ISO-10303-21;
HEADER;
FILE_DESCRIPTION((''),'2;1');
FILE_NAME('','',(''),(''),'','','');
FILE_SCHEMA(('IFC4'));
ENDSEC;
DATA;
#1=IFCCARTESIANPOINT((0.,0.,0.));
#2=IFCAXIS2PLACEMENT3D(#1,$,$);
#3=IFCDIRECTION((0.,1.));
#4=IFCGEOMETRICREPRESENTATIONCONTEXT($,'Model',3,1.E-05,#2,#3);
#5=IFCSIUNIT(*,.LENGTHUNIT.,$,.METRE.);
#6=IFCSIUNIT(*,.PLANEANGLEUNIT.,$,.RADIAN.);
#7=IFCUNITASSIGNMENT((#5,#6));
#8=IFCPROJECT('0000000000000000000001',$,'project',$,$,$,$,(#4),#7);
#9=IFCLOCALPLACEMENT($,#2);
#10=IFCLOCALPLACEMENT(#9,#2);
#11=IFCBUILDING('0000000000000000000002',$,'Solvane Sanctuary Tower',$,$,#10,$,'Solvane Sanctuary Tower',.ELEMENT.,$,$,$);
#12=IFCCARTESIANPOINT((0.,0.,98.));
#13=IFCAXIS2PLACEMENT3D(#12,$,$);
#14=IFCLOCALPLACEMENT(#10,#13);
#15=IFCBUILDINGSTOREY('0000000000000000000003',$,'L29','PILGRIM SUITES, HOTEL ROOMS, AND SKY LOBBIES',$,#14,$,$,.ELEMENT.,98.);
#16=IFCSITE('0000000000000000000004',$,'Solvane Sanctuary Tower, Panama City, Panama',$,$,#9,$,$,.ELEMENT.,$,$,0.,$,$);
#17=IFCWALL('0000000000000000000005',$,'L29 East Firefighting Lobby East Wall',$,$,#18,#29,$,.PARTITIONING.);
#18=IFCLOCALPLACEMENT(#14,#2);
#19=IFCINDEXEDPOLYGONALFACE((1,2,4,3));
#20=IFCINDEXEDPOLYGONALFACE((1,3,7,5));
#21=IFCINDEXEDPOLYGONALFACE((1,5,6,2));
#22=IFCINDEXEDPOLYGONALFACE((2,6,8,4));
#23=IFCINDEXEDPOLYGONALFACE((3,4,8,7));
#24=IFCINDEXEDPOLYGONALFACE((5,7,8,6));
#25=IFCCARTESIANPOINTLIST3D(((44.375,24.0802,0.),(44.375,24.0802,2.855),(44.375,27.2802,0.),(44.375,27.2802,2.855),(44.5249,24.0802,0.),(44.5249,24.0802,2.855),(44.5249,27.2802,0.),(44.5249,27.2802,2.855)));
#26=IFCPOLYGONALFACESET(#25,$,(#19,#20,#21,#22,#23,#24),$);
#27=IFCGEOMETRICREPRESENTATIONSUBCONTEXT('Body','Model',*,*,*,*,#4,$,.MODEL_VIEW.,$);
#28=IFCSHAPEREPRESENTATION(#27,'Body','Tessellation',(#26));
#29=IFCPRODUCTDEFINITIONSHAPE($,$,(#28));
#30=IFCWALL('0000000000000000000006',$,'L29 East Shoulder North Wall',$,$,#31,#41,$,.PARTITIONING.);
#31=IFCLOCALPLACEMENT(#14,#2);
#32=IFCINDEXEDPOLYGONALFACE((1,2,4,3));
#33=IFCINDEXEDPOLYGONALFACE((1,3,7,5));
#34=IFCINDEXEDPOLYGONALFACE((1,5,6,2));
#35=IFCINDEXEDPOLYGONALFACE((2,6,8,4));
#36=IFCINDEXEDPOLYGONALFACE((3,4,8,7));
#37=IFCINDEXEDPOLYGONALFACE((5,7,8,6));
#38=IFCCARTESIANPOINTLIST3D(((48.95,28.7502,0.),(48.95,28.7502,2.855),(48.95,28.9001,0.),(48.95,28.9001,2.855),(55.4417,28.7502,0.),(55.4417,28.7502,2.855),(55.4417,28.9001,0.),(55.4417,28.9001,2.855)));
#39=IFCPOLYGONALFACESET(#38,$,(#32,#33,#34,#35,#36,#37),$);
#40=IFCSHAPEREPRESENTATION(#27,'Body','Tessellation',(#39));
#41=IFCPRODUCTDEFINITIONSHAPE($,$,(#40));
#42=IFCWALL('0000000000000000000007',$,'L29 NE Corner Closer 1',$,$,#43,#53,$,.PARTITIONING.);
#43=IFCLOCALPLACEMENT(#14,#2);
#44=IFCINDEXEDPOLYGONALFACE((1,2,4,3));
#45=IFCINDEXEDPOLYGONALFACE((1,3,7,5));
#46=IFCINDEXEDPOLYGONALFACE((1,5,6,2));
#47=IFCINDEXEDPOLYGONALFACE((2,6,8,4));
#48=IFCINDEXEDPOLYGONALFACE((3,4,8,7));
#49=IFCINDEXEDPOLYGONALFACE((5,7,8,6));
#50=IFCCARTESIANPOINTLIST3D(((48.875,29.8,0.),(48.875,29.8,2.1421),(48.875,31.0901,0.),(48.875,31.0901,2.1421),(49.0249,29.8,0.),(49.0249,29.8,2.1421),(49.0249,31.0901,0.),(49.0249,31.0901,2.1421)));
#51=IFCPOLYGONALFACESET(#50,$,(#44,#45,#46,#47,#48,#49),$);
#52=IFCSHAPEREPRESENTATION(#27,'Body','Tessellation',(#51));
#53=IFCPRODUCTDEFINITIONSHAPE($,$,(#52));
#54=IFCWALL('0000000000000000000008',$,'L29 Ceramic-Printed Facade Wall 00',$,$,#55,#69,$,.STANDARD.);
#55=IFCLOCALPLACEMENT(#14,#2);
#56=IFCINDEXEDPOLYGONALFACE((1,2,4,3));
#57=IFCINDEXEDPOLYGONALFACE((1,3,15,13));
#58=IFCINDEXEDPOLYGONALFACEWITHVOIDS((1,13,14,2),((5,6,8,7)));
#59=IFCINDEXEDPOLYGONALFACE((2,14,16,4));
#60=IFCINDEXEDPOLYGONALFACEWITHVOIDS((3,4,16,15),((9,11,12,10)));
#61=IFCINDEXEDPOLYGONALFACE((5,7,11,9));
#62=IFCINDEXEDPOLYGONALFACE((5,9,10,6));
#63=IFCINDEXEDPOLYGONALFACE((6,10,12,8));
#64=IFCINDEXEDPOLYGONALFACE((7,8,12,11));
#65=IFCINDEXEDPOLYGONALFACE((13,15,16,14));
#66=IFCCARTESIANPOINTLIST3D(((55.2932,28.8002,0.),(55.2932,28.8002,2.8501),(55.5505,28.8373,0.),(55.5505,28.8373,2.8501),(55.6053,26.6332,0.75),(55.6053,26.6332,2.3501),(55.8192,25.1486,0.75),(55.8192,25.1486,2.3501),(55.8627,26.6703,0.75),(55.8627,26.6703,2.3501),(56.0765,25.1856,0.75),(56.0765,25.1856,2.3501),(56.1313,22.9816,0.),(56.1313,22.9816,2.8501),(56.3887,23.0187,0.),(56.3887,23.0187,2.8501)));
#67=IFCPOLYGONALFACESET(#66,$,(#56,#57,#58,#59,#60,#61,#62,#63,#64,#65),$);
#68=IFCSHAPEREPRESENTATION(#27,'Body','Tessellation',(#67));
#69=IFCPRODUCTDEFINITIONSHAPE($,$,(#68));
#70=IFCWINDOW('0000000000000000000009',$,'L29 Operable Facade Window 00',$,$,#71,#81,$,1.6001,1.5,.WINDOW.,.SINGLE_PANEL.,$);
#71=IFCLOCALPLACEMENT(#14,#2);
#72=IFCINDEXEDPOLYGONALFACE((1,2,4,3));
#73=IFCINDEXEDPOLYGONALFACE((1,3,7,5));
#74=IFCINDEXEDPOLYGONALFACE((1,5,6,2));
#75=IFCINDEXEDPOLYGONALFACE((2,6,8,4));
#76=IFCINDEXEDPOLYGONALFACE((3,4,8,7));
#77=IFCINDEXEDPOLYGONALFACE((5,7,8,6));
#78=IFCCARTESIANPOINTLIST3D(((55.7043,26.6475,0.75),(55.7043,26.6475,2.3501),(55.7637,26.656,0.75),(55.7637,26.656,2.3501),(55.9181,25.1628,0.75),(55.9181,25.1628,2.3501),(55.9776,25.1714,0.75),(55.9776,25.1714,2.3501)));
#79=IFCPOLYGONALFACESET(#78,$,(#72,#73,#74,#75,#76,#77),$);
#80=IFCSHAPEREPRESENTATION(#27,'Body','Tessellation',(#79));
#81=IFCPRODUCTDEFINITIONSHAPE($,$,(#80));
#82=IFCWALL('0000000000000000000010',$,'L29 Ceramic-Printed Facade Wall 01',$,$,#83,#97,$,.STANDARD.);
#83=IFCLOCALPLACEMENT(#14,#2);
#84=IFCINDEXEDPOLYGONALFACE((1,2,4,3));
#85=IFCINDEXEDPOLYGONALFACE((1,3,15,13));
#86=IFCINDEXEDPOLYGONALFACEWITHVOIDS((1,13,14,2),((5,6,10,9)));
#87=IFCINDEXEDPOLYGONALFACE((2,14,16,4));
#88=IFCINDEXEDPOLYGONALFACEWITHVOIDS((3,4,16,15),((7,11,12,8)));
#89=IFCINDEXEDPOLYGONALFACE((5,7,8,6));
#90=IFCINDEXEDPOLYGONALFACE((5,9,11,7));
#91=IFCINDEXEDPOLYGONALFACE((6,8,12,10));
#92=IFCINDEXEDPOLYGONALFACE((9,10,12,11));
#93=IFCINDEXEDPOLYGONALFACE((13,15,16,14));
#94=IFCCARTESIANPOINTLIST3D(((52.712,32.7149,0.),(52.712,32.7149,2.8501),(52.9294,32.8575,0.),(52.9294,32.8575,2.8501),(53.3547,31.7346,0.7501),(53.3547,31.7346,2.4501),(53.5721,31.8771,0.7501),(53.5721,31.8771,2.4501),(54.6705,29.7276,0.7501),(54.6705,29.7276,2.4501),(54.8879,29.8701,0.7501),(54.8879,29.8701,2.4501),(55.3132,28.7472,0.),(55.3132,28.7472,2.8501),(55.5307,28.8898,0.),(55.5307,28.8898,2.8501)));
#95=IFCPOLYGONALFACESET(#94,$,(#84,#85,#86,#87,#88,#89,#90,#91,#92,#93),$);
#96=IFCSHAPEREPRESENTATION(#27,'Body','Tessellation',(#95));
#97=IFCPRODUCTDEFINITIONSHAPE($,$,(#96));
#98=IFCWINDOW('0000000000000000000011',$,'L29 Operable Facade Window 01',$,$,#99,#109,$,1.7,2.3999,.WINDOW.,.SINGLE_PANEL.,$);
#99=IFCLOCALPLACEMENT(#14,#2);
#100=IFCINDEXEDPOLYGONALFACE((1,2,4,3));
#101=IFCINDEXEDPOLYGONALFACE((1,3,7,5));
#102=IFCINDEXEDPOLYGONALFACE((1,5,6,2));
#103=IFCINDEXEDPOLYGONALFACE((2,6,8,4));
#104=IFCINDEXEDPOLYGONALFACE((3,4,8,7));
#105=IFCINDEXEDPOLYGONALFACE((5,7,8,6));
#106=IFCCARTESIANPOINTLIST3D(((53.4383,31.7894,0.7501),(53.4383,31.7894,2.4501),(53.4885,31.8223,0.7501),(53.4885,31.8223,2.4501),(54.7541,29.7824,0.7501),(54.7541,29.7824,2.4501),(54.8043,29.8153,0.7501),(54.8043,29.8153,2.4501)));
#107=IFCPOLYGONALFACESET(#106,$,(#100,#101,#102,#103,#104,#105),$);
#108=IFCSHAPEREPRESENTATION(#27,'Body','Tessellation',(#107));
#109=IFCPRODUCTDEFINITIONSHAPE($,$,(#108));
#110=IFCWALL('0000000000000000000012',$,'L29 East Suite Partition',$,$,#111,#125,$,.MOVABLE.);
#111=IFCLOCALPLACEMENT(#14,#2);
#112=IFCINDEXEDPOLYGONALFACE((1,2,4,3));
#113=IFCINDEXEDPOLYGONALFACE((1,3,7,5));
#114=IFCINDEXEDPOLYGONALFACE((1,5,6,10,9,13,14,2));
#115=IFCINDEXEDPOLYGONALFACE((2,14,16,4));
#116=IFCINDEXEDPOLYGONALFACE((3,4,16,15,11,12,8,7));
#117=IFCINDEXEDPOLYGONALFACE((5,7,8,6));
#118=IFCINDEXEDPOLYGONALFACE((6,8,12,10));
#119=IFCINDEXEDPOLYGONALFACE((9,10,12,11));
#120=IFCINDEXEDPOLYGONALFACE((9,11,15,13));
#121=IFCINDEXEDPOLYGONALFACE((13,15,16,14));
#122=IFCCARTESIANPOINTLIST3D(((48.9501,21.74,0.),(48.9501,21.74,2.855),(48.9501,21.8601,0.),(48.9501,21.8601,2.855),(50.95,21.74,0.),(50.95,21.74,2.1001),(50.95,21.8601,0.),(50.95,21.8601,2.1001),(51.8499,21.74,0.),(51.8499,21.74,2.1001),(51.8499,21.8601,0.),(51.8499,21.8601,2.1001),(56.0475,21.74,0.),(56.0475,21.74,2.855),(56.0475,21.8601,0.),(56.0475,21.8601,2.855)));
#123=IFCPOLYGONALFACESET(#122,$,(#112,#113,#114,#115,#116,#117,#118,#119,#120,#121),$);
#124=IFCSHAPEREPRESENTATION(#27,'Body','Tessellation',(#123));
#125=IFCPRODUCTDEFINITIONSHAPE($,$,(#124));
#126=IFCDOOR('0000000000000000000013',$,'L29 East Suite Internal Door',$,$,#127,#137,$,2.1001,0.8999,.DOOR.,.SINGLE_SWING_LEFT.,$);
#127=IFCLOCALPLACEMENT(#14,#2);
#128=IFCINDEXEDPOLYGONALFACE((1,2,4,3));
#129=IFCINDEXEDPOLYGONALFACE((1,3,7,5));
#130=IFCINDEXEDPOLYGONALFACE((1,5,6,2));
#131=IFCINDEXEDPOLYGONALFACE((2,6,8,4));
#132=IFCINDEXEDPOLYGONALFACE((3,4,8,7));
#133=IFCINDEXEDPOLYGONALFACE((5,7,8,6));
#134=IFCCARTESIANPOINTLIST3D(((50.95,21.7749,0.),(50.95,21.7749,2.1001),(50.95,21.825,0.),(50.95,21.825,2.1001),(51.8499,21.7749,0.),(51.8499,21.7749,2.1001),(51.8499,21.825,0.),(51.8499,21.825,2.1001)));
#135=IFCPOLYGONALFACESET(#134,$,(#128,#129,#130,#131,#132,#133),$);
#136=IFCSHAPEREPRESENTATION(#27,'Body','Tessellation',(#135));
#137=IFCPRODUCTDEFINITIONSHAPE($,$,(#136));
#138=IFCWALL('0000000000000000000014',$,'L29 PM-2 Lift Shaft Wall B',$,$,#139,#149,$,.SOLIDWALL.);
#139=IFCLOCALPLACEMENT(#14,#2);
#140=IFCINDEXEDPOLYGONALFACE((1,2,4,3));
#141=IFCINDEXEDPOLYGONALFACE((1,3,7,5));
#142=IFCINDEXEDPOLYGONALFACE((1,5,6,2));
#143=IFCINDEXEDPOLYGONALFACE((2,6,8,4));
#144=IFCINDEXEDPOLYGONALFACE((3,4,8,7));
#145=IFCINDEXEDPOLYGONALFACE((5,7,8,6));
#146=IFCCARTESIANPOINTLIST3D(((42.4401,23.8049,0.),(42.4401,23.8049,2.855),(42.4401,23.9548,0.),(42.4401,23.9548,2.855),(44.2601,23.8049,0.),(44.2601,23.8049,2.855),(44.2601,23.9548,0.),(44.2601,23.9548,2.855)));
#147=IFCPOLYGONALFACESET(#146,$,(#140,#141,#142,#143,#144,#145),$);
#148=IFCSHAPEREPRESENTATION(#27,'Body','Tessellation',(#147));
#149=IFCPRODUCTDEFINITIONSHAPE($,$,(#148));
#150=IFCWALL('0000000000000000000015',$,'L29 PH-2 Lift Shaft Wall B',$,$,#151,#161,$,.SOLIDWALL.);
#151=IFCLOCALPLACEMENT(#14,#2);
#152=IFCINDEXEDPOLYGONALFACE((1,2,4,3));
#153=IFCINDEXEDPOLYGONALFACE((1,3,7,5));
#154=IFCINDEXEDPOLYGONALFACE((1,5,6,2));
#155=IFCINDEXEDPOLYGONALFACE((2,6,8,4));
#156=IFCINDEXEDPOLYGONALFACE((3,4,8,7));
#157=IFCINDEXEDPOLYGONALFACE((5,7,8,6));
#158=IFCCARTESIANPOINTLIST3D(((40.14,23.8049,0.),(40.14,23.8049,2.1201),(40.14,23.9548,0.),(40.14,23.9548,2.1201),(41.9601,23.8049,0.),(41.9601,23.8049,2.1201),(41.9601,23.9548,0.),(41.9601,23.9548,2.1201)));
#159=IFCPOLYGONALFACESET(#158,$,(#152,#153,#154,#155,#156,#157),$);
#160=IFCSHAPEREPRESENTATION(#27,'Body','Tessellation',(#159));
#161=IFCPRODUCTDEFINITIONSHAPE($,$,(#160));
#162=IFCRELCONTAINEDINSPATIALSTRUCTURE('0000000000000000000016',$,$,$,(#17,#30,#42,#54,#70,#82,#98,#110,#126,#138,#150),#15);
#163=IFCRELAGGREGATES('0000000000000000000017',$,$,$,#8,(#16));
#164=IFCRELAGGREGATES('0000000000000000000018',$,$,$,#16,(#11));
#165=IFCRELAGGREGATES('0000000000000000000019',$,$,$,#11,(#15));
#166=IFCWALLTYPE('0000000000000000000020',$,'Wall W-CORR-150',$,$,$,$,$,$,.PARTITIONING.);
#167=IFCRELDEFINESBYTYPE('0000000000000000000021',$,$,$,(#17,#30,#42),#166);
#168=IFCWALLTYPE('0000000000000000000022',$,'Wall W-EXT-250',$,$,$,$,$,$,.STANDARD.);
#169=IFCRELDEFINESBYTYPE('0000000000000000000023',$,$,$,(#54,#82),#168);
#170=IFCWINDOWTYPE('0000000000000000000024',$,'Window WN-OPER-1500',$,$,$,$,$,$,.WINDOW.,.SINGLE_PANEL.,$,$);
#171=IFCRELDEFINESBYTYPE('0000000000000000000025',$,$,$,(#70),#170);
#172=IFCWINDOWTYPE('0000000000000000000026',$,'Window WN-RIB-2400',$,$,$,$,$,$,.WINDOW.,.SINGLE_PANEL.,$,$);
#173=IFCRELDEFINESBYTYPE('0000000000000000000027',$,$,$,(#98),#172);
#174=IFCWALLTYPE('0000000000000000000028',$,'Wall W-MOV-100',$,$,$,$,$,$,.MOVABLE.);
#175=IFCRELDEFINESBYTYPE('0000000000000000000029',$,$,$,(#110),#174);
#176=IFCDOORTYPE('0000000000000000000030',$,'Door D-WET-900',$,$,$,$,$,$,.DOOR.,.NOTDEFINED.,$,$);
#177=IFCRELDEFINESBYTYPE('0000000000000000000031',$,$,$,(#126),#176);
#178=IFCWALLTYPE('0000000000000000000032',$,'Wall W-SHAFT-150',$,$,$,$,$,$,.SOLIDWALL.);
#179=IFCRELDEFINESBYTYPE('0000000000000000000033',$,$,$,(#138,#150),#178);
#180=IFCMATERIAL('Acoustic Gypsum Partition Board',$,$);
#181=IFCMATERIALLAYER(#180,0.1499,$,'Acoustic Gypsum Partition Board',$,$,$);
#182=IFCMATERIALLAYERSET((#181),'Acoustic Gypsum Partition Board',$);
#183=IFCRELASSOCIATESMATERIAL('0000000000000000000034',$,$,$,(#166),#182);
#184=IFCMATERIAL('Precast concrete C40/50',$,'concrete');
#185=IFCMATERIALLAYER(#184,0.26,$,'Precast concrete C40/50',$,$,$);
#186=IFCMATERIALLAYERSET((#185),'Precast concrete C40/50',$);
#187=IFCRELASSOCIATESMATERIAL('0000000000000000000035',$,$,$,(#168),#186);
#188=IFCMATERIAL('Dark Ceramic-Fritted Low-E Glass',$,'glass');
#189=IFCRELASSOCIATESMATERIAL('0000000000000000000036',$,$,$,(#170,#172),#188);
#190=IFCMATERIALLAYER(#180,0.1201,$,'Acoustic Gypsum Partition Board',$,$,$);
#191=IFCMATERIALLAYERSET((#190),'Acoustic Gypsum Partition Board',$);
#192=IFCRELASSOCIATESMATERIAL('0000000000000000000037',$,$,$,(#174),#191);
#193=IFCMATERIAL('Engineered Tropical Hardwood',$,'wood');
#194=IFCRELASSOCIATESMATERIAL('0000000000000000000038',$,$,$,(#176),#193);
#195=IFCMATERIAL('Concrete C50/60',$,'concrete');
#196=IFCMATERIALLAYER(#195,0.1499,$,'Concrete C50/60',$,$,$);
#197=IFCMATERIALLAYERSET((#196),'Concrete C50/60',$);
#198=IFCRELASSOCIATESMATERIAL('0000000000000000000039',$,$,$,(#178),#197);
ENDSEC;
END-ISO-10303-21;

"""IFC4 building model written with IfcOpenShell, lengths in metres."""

from ifc_helpers import new_model, si_unit, direction, frame, frame_2d, origin, place, context, subcontext, project, spatial, rectangle, extrude, material, layer, layer_set, type_object, element, fill, save


model = new_model("IFC4")

# Units and contexts
model_context = context("Model", 3, precision=1e-05, world=origin(), true_north=direction((0.0, 1.0)))
body_context = subcontext(model_context, "Body", "Model", "MODEL_VIEW")
ifc_project = project(units=[si_unit("LENGTHUNIT", "METRE"), si_unit("PLANEANGLEUNIT", "RADIAN")], contexts=[model_context])

# Site, building, storey
site_placement = place(None, origin())
site = spatial("IfcSite", under=ifc_project, at=site_placement, Name="Solvane Sanctuary Tower, Panama City, Panama", CompositionType="ELEMENT", RefElevation=0.0)
building_placement = place(site_placement, origin())
building = spatial("IfcBuilding", under=site, at=building_placement, Name="Solvane Sanctuary Tower", LongName="Solvane Sanctuary Tower", CompositionType="ELEMENT")
storey_placement = place(building_placement, frame((0.0, 0.0, 98.0)))
storey = spatial("IfcBuildingStorey", under=building, at=storey_placement, Name="L29", Description="PILGRIM SUITES, HOTEL ROOMS, AND SKY LOBBIES", CompositionType="ELEMENT", Elevation=98.0)

# Walls
ifc_material_1 = material(Name="Acoustic Gypsum Partition Board")
ifc_layer_1 = layer(ifc_material_1, 0.1499, Name="Acoustic Gypsum Partition Board")
ifc_layer_set_1 = layer_set([ifc_layer_1], Name="Acoustic Gypsum Partition Board")
wall_type_1 = type_object("IfcWallType", Name="Wall W-CORR-150", PredefinedType="PARTITIONING", material=ifc_layer_set_1)
wall_1_placement = place(storey_placement, frame((44.45, 24.0801, 0.0), z_axis=(0.0, 0.0, 1.0), x_axis=(0.0, 1.0, 0.0)))
element("IfcWall", 1, at=wall_1_placement, inside=storey, type_object=wall_type_1, Name="L29 East Firefighting Lobby East Wall", PredefinedType="PARTITIONING", context=body_context, shape_type="SweptSolid", body=[
    extrude(rectangle(XDim=3.2, YDim=0.1499, at=frame_2d((1.6001, 0.0))), origin(), (0.0, 0.0, 1.0), 2.855),
])
wall_2_placement = place(storey_placement, frame((48.95, 28.8252, 0.0), z_axis=(0.0, 0.0, 1.0), x_axis=(1.0, 0.0, 0.0)))
element("IfcWall", 2, at=wall_2_placement, inside=storey, type_object=wall_type_1, Name="L29 East Shoulder North Wall", PredefinedType="PARTITIONING", context=body_context, shape_type="SweptSolid", body=[
    extrude(rectangle(XDim=6.4917, YDim=0.1499, at=frame_2d((3.2458, 0.0))), origin(), (0.0, 0.0, 1.0), 2.855),
])
wall_3_placement = place(storey_placement, frame((48.95, 29.8, 0.0), z_axis=(0.0, 0.0, 1.0), x_axis=(0.0, 1.0, 0.0)))
element("IfcWall", 3, at=wall_3_placement, inside=storey, type_object=wall_type_1, Name="L29 NE Corner Closer 1", PredefinedType="PARTITIONING", context=body_context, shape_type="SweptSolid", body=[
    extrude(rectangle(XDim=1.29, YDim=0.1499, at=frame_2d((0.645, 0.0))), origin(), (0.0, 0.0, 1.0), 2.1421),
])

# Walls, openings, windows
ifc_material_2 = material(Name="Precast concrete C40/50", Category="concrete")
ifc_layer_2 = layer(ifc_material_2, 0.26, Name="Precast concrete C40/50")
ifc_layer_set_2 = layer_set([ifc_layer_2], Name="Precast concrete C40/50")
wall_type_2 = type_object("IfcWallType", Name="Wall W-EXT-250", PredefinedType="STANDARD", material=ifc_layer_set_2)
wall_4_placement = place(storey_placement, frame((56.26, 23.0, 0.0), z_axis=(0.0, 0.0, 1.0), x_axis=(-0.142572, 0.989784, 0.0)))
wall_4 = element("IfcWall", 4, at=wall_4_placement, inside=storey, type_object=wall_type_2, Name="L29 Ceramic-Printed Facade Wall 00", PredefinedType="STANDARD", context=body_context, shape_type="SweptSolid", body=[
    extrude(rectangle(XDim=5.8787, YDim=0.26, at=frame_2d((2.9395, 0.0))), origin(), (0.0, 0.0, 1.0), 2.8501),
])
opening_1_placement = place(wall_4_placement, frame((2.1895, 0.0, 0.75)))
opening_1 = element("IfcOpeningElement", 5, at=opening_1_placement, cuts=wall_4, PredefinedType="OPENING", context=body_context, shape_type="SweptSolid", body=[
    extrude(rectangle(XDim=1.5, YDim=1.6001, at=frame_2d((0.75, 0.8))), frame((0.0, 0.1399, 0.0), z_axis=(0.0, -1.0, 0.0), x_axis=(1.0, 0.0, 0.0)), (0.0, 0.0, 1.0), 0.28),
])
ifc_material_3 = material(Name="Dark Ceramic-Fritted Low-E Glass", Category="glass")
window_type_1 = type_object("IfcWindowType", Name="Window WN-OPER-1500", PartitioningType="SINGLE_PANEL", PredefinedType="WINDOW", material=ifc_material_3)
window_1_placement = place(opening_1_placement, origin())
window_1 = element("IfcWindow", 6, at=window_1_placement, inside=storey, type_object=window_type_1, Name="L29 Operable Facade Window 00", OverallHeight=1.6001, OverallWidth=1.5, PartitioningType="SINGLE_PANEL", PredefinedType="WINDOW", context=body_context, shape_type="SweptSolid", body=[
    extrude(rectangle(XDim=1.5, YDim=1.6001, at=frame_2d((0.75, 0.8))), frame((0.0, 0.03, 0.0), z_axis=(0.0, -1.0, 0.0), x_axis=(1.0, 0.0, 0.0)), (0.0, 0.0, 1.0), 0.0601),
])
fill(opening_1, window_1)
wall_5_placement = place(storey_placement, frame((55.4219, 28.8186, 0.0), z_axis=(0.0, 0.0, 1.0), x_axis=(-0.548283, 0.836293, 0.0)))
wall_5 = element("IfcWall", 7, at=wall_5_placement, inside=storey, type_object=wall_type_2, Name="L29 Ceramic-Printed Facade Wall 01", PredefinedType="STANDARD", context=body_context, shape_type="SweptSolid", body=[
    extrude(rectangle(XDim=4.7444, YDim=0.26, at=frame_2d((2.3721, 0.0))), origin(), (0.0, 0.0, 1.0), 2.8501),
])
opening_2_placement = place(wall_5_placement, frame((1.1721, 0.0, 0.75)))
opening_2 = element("IfcOpeningElement", 8, at=opening_2_placement, cuts=wall_5, PredefinedType="OPENING", context=body_context, shape_type="SweptSolid", body=[
    extrude(rectangle(XDim=2.3999, YDim=1.7, at=frame_2d((1.2, 0.8501))), frame((0.0, 0.1399, 0.0), z_axis=(0.0, -1.0, 0.0), x_axis=(1.0, 0.0, 0.0)), (0.0, 0.0, 1.0), 0.28),
])
window_type_2 = type_object("IfcWindowType", Name="Window WN-RIB-2400", PartitioningType="SINGLE_PANEL", PredefinedType="WINDOW", material=ifc_material_3)
window_2_placement = place(opening_2_placement, origin())
window_2 = element("IfcWindow", 9, at=window_2_placement, inside=storey, type_object=window_type_2, Name="L29 Operable Facade Window 01", OverallHeight=1.7, OverallWidth=2.3999, PartitioningType="SINGLE_PANEL", PredefinedType="WINDOW", context=body_context, shape_type="SweptSolid", body=[
    extrude(rectangle(XDim=2.3999, YDim=1.7, at=frame_2d((1.2, 0.8501))), frame((0.0, 0.03, 0.0), z_axis=(0.0, -1.0, 0.0), x_axis=(1.0, 0.0, 0.0)), (0.0, 0.0, 1.0), 0.0601),
])
fill(opening_2, window_2)

# Wall, opening, door
ifc_layer_3 = layer(ifc_material_1, 0.1201, Name="Acoustic Gypsum Partition Board")
ifc_layer_set_3 = layer_set([ifc_layer_3], Name="Acoustic Gypsum Partition Board")
wall_type_3 = type_object("IfcWallType", Name="Wall W-MOV-100", PredefinedType="MOVABLE", material=ifc_layer_set_3)
wall_6_placement = place(storey_placement, frame((48.95, 21.8, 0.0), z_axis=(0.0, 0.0, 1.0), x_axis=(1.0, 0.0, 0.0)))
wall_6 = element("IfcWall", 10, at=wall_6_placement, inside=storey, type_object=wall_type_3, Name="L29 East Suite Partition", PredefinedType="MOVABLE", context=body_context, shape_type="SweptSolid", body=[
    extrude(rectangle(XDim=7.0974, YDim=0.1201, at=frame_2d((3.5488, 0.0))), origin(), (0.0, 0.0, 1.0), 2.855),
])
opening_3_placement = place(wall_6_placement, frame((2.0, 0.0, 0.0)))
opening_3 = element("IfcOpeningElement", 11, at=opening_3_placement, cuts=wall_6, PredefinedType="OPENING", context=body_context, shape_type="SweptSolid", body=[
    extrude(rectangle(XDim=0.8999, YDim=2.1001, at=frame_2d((0.45, 1.05))), frame((0.0, 0.0701, 0.0), z_axis=(0.0, -1.0, 0.0), x_axis=(1.0, 0.0, 0.0)), (0.0, 0.0, 1.0), 0.1401),
])
ifc_material_4 = material(Name="Engineered Tropical Hardwood", Category="wood")
door_type_1 = type_object("IfcDoorType", Name="Door D-WET-900", OperationType="NOTDEFINED", PredefinedType="DOOR", material=ifc_material_4)
door_1_placement = place(opening_3_placement, origin())
door_1 = element("IfcDoor", 12, at=door_1_placement, inside=storey, type_object=door_type_1, Name="L29 East Suite Internal Door", OperationType="SINGLE_SWING_LEFT", OverallHeight=2.1001, OverallWidth=0.8999, PredefinedType="DOOR", context=body_context, shape_type="SweptSolid", body=[
    extrude(rectangle(XDim=0.8999, YDim=2.1001, at=frame_2d((0.45, 1.05))), frame((0.0, 0.0249, 0.0), z_axis=(0.0, -1.0, 0.0), x_axis=(1.0, 0.0, 0.0)), (0.0, 0.0, 1.0), 0.05),
])
fill(opening_3, door_1)

# Walls
ifc_material_5 = material(Name="Concrete C50/60", Category="concrete")
ifc_layer_4 = layer(ifc_material_5, 0.1499, Name="Concrete C50/60")
ifc_layer_set_4 = layer_set([ifc_layer_4], Name="Concrete C50/60")
wall_type_4 = type_object("IfcWallType", Name="Wall W-SHAFT-150", PredefinedType="SOLIDWALL", material=ifc_layer_set_4)
wall_7_placement = place(storey_placement, frame((42.4399, 23.8799, 0.0), z_axis=(0.0, 0.0, 1.0), x_axis=(1.0, 0.0, 0.0)))
element("IfcWall", 13, at=wall_7_placement, inside=storey, type_object=wall_type_4, Name="L29 PM-2 Lift Shaft Wall B", PredefinedType="SOLIDWALL", context=body_context, shape_type="SweptSolid", body=[
    extrude(rectangle(XDim=1.8201, YDim=0.1499, at=frame_2d((0.9102, 0.0))), origin(), (0.0, 0.0, 1.0), 2.855),
])
wall_8_placement = place(storey_placement, frame((40.1399, 23.8799, 0.0), z_axis=(0.0, 0.0, 1.0), x_axis=(1.0, 0.0, 0.0)))
element("IfcWall", 14, at=wall_8_placement, inside=storey, type_object=wall_type_4, Name="L29 PH-2 Lift Shaft Wall B", PredefinedType="SOLIDWALL", context=body_context, shape_type="SweptSolid", body=[
    extrude(rectangle(XDim=1.8201, YDim=0.1499, at=frame_2d((0.9102, 0.0))), origin(), (0.0, 0.0, 1.0), 2.1201),
])

save(model, "model.ifc")
